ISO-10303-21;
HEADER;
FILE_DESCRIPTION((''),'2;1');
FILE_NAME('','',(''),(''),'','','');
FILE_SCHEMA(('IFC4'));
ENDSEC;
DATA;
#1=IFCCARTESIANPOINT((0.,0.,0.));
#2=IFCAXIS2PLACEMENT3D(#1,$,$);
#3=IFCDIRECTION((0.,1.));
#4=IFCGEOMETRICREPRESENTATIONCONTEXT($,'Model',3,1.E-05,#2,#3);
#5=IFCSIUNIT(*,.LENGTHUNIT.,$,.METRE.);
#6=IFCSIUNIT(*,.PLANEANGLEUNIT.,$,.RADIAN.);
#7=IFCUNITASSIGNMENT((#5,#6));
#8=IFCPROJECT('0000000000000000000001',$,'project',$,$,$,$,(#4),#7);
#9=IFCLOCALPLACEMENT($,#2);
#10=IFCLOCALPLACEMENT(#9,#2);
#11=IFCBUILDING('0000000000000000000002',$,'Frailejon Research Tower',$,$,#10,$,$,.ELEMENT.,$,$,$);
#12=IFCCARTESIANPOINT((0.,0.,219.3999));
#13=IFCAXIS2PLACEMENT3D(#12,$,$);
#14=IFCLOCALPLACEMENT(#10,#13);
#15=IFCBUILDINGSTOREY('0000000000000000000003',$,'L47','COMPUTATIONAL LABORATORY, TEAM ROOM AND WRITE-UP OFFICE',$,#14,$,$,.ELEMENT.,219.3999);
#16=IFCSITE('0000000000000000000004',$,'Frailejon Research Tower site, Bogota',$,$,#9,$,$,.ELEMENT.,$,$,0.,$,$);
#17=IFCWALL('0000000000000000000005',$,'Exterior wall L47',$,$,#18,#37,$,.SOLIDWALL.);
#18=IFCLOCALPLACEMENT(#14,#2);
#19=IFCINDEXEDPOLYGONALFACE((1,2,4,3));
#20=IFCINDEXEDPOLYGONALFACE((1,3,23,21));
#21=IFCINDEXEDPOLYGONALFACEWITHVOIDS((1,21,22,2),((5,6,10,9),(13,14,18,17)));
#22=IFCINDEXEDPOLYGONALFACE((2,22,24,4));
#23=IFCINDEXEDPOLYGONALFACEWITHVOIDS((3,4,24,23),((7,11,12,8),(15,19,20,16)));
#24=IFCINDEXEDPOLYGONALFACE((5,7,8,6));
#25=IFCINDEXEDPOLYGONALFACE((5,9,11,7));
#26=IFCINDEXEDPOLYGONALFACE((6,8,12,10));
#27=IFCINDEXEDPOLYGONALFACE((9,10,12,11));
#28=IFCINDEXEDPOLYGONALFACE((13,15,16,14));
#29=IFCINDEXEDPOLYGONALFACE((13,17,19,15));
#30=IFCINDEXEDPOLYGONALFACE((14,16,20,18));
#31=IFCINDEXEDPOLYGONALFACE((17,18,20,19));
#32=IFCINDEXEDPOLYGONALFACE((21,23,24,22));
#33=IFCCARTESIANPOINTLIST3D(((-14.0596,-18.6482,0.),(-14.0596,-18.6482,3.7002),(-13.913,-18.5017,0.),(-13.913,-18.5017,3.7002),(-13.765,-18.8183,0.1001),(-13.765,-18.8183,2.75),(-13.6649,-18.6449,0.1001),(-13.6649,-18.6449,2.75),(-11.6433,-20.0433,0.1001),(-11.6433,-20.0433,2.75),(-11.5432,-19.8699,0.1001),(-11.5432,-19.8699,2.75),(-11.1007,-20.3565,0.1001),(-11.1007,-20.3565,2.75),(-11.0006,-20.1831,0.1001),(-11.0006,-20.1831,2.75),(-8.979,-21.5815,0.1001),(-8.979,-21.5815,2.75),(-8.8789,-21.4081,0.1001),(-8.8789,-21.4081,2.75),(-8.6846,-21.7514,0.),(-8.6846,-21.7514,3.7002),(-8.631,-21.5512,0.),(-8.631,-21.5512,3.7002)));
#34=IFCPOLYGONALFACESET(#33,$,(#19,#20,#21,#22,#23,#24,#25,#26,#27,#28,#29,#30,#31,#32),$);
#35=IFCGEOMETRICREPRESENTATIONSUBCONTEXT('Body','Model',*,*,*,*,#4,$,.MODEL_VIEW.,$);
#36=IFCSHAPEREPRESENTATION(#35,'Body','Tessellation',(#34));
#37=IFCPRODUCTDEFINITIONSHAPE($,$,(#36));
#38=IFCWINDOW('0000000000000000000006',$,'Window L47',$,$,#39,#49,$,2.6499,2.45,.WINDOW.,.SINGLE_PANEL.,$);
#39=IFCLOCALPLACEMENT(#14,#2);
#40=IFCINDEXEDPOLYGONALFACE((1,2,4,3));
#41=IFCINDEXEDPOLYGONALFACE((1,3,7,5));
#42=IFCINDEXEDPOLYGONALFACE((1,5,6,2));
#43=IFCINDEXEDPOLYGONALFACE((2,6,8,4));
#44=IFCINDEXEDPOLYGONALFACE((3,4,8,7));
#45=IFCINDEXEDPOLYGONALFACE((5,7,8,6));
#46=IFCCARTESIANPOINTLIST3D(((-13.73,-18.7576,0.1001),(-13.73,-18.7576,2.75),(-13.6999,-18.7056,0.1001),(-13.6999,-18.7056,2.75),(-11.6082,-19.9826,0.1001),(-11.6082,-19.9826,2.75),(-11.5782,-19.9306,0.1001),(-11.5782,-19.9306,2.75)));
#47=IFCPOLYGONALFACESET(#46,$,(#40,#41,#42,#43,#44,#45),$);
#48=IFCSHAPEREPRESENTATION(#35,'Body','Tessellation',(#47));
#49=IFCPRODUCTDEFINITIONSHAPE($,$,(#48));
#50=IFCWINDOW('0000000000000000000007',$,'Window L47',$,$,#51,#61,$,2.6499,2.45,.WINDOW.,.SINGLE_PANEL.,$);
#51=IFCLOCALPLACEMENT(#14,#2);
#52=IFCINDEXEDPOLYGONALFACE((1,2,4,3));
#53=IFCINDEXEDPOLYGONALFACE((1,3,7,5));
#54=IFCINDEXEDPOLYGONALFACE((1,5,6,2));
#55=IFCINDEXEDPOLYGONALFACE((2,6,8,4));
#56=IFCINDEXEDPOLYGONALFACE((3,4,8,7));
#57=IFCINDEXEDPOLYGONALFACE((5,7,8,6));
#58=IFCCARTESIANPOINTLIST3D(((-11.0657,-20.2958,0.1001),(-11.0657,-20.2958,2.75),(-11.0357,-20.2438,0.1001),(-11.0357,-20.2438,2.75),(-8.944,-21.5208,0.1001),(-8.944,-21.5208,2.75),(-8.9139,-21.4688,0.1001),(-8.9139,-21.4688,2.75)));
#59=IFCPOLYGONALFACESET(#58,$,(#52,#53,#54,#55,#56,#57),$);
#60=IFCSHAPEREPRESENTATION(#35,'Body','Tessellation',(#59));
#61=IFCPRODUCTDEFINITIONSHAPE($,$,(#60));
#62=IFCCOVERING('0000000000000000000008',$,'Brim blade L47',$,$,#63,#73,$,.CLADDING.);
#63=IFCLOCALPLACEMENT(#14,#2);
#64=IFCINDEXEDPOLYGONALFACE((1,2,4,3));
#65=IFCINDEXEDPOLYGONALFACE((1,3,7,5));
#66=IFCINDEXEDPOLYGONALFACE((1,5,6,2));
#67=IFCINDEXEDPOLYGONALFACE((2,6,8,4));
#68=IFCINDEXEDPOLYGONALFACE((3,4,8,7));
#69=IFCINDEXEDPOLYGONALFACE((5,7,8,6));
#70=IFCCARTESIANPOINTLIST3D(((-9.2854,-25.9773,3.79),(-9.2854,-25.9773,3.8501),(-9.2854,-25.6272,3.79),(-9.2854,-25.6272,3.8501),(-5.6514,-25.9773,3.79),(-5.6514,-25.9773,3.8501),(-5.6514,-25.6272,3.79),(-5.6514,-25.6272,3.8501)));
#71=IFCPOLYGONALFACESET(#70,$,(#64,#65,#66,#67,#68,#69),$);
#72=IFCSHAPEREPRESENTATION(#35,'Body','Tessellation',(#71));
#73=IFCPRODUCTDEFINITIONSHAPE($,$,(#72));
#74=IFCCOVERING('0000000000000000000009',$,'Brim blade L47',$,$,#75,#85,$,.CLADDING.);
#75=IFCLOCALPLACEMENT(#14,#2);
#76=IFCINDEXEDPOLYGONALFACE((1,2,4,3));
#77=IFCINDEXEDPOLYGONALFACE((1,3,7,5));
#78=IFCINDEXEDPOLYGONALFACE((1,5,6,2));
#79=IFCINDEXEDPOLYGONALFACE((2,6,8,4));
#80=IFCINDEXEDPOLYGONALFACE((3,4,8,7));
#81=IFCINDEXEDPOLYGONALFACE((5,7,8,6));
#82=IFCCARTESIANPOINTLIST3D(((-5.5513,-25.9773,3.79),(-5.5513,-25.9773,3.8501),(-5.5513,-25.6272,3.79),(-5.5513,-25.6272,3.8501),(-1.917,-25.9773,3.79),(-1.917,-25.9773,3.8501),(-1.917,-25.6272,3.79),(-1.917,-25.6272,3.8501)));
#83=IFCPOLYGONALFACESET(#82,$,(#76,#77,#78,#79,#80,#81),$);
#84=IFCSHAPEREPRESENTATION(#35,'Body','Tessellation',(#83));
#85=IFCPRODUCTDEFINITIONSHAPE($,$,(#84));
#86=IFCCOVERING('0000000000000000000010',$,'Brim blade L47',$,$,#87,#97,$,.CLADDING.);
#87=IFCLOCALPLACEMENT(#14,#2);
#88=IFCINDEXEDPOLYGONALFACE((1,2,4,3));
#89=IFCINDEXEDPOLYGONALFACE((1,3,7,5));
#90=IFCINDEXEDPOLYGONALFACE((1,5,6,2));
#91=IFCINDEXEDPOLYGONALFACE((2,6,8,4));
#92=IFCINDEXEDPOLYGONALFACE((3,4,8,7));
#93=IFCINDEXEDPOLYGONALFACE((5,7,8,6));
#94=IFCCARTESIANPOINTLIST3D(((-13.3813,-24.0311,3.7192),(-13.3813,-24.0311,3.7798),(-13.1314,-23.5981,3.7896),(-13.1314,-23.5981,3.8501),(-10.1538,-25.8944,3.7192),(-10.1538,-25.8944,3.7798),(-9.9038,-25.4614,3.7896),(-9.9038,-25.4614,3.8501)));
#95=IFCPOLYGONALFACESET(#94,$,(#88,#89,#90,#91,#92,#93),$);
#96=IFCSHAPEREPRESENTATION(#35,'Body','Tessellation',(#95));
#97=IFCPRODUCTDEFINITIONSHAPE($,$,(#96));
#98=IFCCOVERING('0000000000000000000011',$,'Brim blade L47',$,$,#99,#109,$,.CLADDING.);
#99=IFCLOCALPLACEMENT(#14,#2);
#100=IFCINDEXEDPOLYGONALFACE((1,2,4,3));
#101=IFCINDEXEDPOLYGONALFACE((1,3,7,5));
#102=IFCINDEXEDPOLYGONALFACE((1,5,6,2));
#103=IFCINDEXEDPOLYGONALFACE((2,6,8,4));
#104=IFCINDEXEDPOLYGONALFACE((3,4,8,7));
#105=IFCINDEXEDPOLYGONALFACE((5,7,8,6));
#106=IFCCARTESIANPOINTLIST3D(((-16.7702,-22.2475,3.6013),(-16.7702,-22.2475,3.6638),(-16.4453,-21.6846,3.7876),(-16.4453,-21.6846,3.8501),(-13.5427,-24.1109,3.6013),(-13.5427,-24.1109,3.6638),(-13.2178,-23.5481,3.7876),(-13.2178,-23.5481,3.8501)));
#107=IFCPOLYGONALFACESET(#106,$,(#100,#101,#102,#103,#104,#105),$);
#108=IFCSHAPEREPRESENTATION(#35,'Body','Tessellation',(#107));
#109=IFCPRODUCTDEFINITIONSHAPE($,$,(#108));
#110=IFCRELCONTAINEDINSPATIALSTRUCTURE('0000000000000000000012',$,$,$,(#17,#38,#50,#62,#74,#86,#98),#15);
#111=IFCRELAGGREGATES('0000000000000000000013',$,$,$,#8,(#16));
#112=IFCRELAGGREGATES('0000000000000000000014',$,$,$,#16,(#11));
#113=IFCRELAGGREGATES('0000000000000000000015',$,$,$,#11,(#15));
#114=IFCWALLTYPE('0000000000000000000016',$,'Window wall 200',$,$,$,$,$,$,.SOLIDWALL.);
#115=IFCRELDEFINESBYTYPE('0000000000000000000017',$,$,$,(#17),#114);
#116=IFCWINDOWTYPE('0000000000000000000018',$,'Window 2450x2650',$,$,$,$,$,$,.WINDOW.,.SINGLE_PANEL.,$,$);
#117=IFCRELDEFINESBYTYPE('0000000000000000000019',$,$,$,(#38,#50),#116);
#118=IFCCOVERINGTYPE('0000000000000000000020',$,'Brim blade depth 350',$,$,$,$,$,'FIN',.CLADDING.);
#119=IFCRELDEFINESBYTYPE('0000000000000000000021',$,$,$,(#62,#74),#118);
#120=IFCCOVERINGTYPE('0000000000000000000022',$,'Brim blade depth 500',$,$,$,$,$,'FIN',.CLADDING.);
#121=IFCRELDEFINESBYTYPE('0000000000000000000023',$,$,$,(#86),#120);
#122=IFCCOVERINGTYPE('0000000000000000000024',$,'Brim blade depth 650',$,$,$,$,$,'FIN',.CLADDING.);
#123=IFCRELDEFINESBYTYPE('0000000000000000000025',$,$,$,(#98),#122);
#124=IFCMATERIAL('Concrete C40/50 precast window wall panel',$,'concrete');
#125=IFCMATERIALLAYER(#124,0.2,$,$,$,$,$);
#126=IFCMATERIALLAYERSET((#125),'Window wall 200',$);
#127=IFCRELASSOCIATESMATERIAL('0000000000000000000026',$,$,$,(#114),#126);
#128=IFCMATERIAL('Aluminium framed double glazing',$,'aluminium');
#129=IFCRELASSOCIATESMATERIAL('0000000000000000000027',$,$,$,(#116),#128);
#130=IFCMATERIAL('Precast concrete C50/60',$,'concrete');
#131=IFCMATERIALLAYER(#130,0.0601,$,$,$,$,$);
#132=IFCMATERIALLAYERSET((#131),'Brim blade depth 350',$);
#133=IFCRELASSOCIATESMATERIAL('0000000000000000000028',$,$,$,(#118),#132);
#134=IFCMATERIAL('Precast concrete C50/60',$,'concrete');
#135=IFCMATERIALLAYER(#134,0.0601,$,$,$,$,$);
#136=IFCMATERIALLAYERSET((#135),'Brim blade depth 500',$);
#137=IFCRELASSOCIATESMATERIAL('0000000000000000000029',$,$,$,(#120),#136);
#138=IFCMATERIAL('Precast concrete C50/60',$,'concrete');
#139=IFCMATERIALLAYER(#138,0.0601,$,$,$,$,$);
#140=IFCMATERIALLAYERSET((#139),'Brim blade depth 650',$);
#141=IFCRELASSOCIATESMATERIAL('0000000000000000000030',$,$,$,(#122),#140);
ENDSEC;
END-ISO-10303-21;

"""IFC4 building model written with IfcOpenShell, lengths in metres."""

from ifc_helpers import new_model, si_unit, direction, frame, frame_2d, origin, place, context, subcontext, project, spatial, polyline, rectangle, outline, extrude, material, layer, layer_set, type_object, element, fill, save


model = new_model("IFC4")

# Units and contexts
model_context = context("Model", 3, precision=1e-05, world=origin(), true_north=direction((0.0, 1.0)))
body_context = subcontext(model_context, "Body", "Model", "MODEL_VIEW")
ifc_project = project(units=[si_unit("LENGTHUNIT", "METRE"), si_unit("PLANEANGLEUNIT", "RADIAN")], contexts=[model_context])

# Site, building, storey
site_placement = place(None, origin())
site = spatial("IfcSite", under=ifc_project, at=site_placement, Name="Frailejon Research Tower site, Bogota", CompositionType="ELEMENT", RefElevation=0.0)
building_placement = place(site_placement, origin())
building = spatial("IfcBuilding", under=site, at=building_placement, Name="Frailejon Research Tower", CompositionType="ELEMENT")
storey_placement = place(building_placement, frame((0.0, 0.0, 219.3999)))
storey = spatial("IfcBuildingStorey", under=building, at=storey_placement, Name="L47", Description="COMPUTATIONAL LABORATORY, TEAM ROOM AND WRITE-UP OFFICE", CompositionType="ELEMENT", Elevation=219.3999)

# Wall, openings, windows
ifc_material_1 = material(Name="Concrete C40/50 precast window wall panel", Category="concrete")
ifc_layer_1 = layer(ifc_material_1, 0.2)
ifc_layer_set_1 = layer_set([ifc_layer_1], Name="Window wall 200")
wall_type_1 = type_object("IfcWallType", Name="Window wall 200", PredefinedType="SOLIDWALL", material=ifc_layer_set_1)
wall_1_placement = place(storey_placement, frame((-13.9863, -18.575, 0.0), z_axis=(0.0, 0.0, 1.0), x_axis=(0.86603, -0.499993, 0.0)))
wall_1 = element("IfcWall", 1, at=wall_1_placement, inside=storey, type_object=wall_type_1, Name="Exterior wall L47", PredefinedType="SOLIDWALL", context=body_context, shape_type="SweptSolid", body=[
    extrude(outline(polyline([(-0.0269, -0.1001), (1.0076, -0.1001), (2.042, -0.1001), (3.0764, -0.1001), (4.1108, -0.1001), (5.1453, -0.1001), (6.1797, -0.1001), (6.126, 0.1001), (5.1094, 0.1001), (4.093, 0.1001), (3.0764, 0.1001), (2.0598, 0.1001), (1.0435, 0.1001), (0.0269, 0.1001), (-0.0269, -0.1001)])), origin(), (0.0, 0.0, 1.0), 3.7002),
])
opening_1_placement = place(wall_1_placement, frame((0.3132, 0.0, 0.1001)))
opening_1 = element("IfcOpeningElement", 2, at=opening_1_placement, cuts=wall_1, PredefinedType="OPENING", context=body_context, shape_type="SweptSolid", body=[
    extrude(rectangle(XDim=2.45, YDim=2.6499, at=frame_2d((1.2251, 1.325))), frame((0.0, 0.1099, 0.0), z_axis=(0.0, -1.0, 0.0), x_axis=(1.0, 0.0, 0.0)), (0.0, 0.0, 1.0), 0.22),
])
opening_2_placement = place(wall_1_placement, frame((3.3896, 0.0, 0.1001)))
opening_2 = element("IfcOpeningElement", 3, at=opening_2_placement, cuts=wall_1, PredefinedType="OPENING", context=body_context, shape_type="SweptSolid", body=[
    extrude(rectangle(XDim=2.45, YDim=2.6499, at=frame_2d((1.2251, 1.325))), frame((0.0, 0.1099, 0.0), z_axis=(0.0, -1.0, 0.0), x_axis=(1.0, 0.0, 0.0)), (0.0, 0.0, 1.0), 0.22),
])
ifc_material_2 = material(Name="Aluminium framed double glazing", Category="aluminium")
window_type_1 = type_object("IfcWindowType", Name="Window 2450x2650", PartitioningType="SINGLE_PANEL", PredefinedType="WINDOW", material=ifc_material_2)
window_1_placement = place(opening_1_placement, origin())
window_1 = element("IfcWindow", 4, at=window_1_placement, inside=storey, type_object=window_type_1, Name="Window L47", OverallHeight=2.6499, OverallWidth=2.45, PartitioningType="SINGLE_PANEL", PredefinedType="WINDOW", context=body_context, shape_type="SweptSolid", body=[
    extrude(rectangle(XDim=2.45, YDim=2.6499, at=frame_2d((1.2251, 1.325))), frame((0.0, 0.03, 0.0), z_axis=(0.0, -1.0, 0.0), x_axis=(1.0, 0.0, 0.0)), (0.0, 0.0, 1.0), 0.0601),
])
fill(opening_1, window_1)
window_2_placement = place(opening_2_placement, origin())
window_2 = element("IfcWindow", 5, at=window_2_placement, inside=storey, type_object=window_type_1, Name="Window L47", OverallHeight=2.6499, OverallWidth=2.45, PartitioningType="SINGLE_PANEL", PredefinedType="WINDOW", context=body_context, shape_type="SweptSolid", body=[
    extrude(rectangle(XDim=2.45, YDim=2.6499, at=frame_2d((1.2251, 1.325))), frame((0.0, 0.03, 0.0), z_axis=(0.0, -1.0, 0.0), x_axis=(1.0, 0.0, 0.0)), (0.0, 0.0, 1.0), 0.0601),
])
fill(opening_2, window_2)

# Coverings
ifc_material_3 = material(Name="Precast concrete C50/60", Category="concrete")
ifc_layer_2 = layer(ifc_material_3, 0.0601)
ifc_layer_set_2 = layer_set([ifc_layer_2], Name="Brim blade depth 350")
covering_type_1 = type_object("IfcCoveringType", Name="Brim blade depth 350", ElementType="FIN", PredefinedType="CLADDING", material=ifc_layer_set_2)
covering_1_placement = place(storey_placement, frame((-5.6514, -25.6272, 3.8501), z_axis=(-1.0, 0.0, 0.0), x_axis=(0.0, -1.0, 0.0)))
element("IfcCovering", 6, at=covering_1_placement, inside=storey, type_object=covering_type_1, Name="Brim blade L47", PredefinedType="CLADDING", context=body_context, shape_type="SweptSolid", body=[
    extrude(outline(polyline([(0.0, -0.0601), (0.3501, -0.0601), (0.3501, 0.0), (0.0, 0.0), (0.0, -0.0601)])), origin(), (0.0, 0.0, 1.0), 3.634),
])
covering_2_placement = place(storey_placement, frame((-1.917, -25.6272, 3.8501), z_axis=(-1.0, 0.0, 0.0), x_axis=(0.0, -1.0, 0.0)))
element("IfcCovering", 7, at=covering_2_placement, inside=storey, type_object=covering_type_1, Name="Brim blade L47", PredefinedType="CLADDING", context=body_context, shape_type="SweptSolid", body=[
    extrude(outline(polyline([(0.0, -0.0601), (0.3501, -0.0601), (0.3501, 0.0), (0.0, 0.0), (0.0, -0.0601)])), origin(), (0.0, 0.0, 1.0), 3.6343),
])
ifc_material_4 = material(Name="Precast concrete C50/60", Category="concrete")
ifc_layer_3 = layer(ifc_material_4, 0.0601)
ifc_layer_set_3 = layer_set([ifc_layer_3], Name="Brim blade depth 500")
covering_type_2 = type_object("IfcCoveringType", Name="Brim blade depth 500", ElementType="FIN", PredefinedType="CLADDING", material=ifc_layer_set_3)
covering_3_placement = place(storey_placement, frame((-9.9038, -25.4614, 3.8501), z_axis=(-0.866036, 0.499981, 0.0), x_axis=(-0.499981, -0.866036, 0.0)))
element("IfcCovering", 8, at=covering_3_placement, inside=storey, type_object=covering_type_2, Name="Brim blade L47", PredefinedType="CLADDING", context=body_context, shape_type="SweptSolid", body=[
    extrude(outline(polyline([(0.0, -0.0605), (0.5, -0.1309), (0.5, -0.0703), (0.0, 0.0), (0.0, -0.0605)])), origin(), (0.0, 0.0, 1.0), 3.7268),
])
ifc_material_5 = material(Name="Precast concrete C50/60", Category="concrete")
ifc_layer_4 = layer(ifc_material_5, 0.0601)
ifc_layer_set_4 = layer_set([ifc_layer_4], Name="Brim blade depth 650")
covering_type_3 = type_object("IfcCoveringType", Name="Brim blade depth 650", ElementType="FIN", PredefinedType="CLADDING", material=ifc_layer_set_4)
covering_4_placement = place(storey_placement, frame((-13.2178, -23.5481, 3.8501), z_axis=(-0.866018, 0.500012, 0.0), x_axis=(-0.500012, -0.866018, 0.0)))
element("IfcCovering", 9, at=covering_4_placement, inside=storey, type_object=covering_type_3, Name="Brim blade L47", PredefinedType="CLADDING", context=body_context, shape_type="SweptSolid", body=[
    extrude(outline(polyline([(0.0, -0.0625), (0.6499, -0.2488), (0.6499, -0.1863), (0.0, 0.0), (0.0, -0.0625)])), origin(), (0.0, 0.0, 1.0), 3.7268),
])

save(model, "model.ifc")
